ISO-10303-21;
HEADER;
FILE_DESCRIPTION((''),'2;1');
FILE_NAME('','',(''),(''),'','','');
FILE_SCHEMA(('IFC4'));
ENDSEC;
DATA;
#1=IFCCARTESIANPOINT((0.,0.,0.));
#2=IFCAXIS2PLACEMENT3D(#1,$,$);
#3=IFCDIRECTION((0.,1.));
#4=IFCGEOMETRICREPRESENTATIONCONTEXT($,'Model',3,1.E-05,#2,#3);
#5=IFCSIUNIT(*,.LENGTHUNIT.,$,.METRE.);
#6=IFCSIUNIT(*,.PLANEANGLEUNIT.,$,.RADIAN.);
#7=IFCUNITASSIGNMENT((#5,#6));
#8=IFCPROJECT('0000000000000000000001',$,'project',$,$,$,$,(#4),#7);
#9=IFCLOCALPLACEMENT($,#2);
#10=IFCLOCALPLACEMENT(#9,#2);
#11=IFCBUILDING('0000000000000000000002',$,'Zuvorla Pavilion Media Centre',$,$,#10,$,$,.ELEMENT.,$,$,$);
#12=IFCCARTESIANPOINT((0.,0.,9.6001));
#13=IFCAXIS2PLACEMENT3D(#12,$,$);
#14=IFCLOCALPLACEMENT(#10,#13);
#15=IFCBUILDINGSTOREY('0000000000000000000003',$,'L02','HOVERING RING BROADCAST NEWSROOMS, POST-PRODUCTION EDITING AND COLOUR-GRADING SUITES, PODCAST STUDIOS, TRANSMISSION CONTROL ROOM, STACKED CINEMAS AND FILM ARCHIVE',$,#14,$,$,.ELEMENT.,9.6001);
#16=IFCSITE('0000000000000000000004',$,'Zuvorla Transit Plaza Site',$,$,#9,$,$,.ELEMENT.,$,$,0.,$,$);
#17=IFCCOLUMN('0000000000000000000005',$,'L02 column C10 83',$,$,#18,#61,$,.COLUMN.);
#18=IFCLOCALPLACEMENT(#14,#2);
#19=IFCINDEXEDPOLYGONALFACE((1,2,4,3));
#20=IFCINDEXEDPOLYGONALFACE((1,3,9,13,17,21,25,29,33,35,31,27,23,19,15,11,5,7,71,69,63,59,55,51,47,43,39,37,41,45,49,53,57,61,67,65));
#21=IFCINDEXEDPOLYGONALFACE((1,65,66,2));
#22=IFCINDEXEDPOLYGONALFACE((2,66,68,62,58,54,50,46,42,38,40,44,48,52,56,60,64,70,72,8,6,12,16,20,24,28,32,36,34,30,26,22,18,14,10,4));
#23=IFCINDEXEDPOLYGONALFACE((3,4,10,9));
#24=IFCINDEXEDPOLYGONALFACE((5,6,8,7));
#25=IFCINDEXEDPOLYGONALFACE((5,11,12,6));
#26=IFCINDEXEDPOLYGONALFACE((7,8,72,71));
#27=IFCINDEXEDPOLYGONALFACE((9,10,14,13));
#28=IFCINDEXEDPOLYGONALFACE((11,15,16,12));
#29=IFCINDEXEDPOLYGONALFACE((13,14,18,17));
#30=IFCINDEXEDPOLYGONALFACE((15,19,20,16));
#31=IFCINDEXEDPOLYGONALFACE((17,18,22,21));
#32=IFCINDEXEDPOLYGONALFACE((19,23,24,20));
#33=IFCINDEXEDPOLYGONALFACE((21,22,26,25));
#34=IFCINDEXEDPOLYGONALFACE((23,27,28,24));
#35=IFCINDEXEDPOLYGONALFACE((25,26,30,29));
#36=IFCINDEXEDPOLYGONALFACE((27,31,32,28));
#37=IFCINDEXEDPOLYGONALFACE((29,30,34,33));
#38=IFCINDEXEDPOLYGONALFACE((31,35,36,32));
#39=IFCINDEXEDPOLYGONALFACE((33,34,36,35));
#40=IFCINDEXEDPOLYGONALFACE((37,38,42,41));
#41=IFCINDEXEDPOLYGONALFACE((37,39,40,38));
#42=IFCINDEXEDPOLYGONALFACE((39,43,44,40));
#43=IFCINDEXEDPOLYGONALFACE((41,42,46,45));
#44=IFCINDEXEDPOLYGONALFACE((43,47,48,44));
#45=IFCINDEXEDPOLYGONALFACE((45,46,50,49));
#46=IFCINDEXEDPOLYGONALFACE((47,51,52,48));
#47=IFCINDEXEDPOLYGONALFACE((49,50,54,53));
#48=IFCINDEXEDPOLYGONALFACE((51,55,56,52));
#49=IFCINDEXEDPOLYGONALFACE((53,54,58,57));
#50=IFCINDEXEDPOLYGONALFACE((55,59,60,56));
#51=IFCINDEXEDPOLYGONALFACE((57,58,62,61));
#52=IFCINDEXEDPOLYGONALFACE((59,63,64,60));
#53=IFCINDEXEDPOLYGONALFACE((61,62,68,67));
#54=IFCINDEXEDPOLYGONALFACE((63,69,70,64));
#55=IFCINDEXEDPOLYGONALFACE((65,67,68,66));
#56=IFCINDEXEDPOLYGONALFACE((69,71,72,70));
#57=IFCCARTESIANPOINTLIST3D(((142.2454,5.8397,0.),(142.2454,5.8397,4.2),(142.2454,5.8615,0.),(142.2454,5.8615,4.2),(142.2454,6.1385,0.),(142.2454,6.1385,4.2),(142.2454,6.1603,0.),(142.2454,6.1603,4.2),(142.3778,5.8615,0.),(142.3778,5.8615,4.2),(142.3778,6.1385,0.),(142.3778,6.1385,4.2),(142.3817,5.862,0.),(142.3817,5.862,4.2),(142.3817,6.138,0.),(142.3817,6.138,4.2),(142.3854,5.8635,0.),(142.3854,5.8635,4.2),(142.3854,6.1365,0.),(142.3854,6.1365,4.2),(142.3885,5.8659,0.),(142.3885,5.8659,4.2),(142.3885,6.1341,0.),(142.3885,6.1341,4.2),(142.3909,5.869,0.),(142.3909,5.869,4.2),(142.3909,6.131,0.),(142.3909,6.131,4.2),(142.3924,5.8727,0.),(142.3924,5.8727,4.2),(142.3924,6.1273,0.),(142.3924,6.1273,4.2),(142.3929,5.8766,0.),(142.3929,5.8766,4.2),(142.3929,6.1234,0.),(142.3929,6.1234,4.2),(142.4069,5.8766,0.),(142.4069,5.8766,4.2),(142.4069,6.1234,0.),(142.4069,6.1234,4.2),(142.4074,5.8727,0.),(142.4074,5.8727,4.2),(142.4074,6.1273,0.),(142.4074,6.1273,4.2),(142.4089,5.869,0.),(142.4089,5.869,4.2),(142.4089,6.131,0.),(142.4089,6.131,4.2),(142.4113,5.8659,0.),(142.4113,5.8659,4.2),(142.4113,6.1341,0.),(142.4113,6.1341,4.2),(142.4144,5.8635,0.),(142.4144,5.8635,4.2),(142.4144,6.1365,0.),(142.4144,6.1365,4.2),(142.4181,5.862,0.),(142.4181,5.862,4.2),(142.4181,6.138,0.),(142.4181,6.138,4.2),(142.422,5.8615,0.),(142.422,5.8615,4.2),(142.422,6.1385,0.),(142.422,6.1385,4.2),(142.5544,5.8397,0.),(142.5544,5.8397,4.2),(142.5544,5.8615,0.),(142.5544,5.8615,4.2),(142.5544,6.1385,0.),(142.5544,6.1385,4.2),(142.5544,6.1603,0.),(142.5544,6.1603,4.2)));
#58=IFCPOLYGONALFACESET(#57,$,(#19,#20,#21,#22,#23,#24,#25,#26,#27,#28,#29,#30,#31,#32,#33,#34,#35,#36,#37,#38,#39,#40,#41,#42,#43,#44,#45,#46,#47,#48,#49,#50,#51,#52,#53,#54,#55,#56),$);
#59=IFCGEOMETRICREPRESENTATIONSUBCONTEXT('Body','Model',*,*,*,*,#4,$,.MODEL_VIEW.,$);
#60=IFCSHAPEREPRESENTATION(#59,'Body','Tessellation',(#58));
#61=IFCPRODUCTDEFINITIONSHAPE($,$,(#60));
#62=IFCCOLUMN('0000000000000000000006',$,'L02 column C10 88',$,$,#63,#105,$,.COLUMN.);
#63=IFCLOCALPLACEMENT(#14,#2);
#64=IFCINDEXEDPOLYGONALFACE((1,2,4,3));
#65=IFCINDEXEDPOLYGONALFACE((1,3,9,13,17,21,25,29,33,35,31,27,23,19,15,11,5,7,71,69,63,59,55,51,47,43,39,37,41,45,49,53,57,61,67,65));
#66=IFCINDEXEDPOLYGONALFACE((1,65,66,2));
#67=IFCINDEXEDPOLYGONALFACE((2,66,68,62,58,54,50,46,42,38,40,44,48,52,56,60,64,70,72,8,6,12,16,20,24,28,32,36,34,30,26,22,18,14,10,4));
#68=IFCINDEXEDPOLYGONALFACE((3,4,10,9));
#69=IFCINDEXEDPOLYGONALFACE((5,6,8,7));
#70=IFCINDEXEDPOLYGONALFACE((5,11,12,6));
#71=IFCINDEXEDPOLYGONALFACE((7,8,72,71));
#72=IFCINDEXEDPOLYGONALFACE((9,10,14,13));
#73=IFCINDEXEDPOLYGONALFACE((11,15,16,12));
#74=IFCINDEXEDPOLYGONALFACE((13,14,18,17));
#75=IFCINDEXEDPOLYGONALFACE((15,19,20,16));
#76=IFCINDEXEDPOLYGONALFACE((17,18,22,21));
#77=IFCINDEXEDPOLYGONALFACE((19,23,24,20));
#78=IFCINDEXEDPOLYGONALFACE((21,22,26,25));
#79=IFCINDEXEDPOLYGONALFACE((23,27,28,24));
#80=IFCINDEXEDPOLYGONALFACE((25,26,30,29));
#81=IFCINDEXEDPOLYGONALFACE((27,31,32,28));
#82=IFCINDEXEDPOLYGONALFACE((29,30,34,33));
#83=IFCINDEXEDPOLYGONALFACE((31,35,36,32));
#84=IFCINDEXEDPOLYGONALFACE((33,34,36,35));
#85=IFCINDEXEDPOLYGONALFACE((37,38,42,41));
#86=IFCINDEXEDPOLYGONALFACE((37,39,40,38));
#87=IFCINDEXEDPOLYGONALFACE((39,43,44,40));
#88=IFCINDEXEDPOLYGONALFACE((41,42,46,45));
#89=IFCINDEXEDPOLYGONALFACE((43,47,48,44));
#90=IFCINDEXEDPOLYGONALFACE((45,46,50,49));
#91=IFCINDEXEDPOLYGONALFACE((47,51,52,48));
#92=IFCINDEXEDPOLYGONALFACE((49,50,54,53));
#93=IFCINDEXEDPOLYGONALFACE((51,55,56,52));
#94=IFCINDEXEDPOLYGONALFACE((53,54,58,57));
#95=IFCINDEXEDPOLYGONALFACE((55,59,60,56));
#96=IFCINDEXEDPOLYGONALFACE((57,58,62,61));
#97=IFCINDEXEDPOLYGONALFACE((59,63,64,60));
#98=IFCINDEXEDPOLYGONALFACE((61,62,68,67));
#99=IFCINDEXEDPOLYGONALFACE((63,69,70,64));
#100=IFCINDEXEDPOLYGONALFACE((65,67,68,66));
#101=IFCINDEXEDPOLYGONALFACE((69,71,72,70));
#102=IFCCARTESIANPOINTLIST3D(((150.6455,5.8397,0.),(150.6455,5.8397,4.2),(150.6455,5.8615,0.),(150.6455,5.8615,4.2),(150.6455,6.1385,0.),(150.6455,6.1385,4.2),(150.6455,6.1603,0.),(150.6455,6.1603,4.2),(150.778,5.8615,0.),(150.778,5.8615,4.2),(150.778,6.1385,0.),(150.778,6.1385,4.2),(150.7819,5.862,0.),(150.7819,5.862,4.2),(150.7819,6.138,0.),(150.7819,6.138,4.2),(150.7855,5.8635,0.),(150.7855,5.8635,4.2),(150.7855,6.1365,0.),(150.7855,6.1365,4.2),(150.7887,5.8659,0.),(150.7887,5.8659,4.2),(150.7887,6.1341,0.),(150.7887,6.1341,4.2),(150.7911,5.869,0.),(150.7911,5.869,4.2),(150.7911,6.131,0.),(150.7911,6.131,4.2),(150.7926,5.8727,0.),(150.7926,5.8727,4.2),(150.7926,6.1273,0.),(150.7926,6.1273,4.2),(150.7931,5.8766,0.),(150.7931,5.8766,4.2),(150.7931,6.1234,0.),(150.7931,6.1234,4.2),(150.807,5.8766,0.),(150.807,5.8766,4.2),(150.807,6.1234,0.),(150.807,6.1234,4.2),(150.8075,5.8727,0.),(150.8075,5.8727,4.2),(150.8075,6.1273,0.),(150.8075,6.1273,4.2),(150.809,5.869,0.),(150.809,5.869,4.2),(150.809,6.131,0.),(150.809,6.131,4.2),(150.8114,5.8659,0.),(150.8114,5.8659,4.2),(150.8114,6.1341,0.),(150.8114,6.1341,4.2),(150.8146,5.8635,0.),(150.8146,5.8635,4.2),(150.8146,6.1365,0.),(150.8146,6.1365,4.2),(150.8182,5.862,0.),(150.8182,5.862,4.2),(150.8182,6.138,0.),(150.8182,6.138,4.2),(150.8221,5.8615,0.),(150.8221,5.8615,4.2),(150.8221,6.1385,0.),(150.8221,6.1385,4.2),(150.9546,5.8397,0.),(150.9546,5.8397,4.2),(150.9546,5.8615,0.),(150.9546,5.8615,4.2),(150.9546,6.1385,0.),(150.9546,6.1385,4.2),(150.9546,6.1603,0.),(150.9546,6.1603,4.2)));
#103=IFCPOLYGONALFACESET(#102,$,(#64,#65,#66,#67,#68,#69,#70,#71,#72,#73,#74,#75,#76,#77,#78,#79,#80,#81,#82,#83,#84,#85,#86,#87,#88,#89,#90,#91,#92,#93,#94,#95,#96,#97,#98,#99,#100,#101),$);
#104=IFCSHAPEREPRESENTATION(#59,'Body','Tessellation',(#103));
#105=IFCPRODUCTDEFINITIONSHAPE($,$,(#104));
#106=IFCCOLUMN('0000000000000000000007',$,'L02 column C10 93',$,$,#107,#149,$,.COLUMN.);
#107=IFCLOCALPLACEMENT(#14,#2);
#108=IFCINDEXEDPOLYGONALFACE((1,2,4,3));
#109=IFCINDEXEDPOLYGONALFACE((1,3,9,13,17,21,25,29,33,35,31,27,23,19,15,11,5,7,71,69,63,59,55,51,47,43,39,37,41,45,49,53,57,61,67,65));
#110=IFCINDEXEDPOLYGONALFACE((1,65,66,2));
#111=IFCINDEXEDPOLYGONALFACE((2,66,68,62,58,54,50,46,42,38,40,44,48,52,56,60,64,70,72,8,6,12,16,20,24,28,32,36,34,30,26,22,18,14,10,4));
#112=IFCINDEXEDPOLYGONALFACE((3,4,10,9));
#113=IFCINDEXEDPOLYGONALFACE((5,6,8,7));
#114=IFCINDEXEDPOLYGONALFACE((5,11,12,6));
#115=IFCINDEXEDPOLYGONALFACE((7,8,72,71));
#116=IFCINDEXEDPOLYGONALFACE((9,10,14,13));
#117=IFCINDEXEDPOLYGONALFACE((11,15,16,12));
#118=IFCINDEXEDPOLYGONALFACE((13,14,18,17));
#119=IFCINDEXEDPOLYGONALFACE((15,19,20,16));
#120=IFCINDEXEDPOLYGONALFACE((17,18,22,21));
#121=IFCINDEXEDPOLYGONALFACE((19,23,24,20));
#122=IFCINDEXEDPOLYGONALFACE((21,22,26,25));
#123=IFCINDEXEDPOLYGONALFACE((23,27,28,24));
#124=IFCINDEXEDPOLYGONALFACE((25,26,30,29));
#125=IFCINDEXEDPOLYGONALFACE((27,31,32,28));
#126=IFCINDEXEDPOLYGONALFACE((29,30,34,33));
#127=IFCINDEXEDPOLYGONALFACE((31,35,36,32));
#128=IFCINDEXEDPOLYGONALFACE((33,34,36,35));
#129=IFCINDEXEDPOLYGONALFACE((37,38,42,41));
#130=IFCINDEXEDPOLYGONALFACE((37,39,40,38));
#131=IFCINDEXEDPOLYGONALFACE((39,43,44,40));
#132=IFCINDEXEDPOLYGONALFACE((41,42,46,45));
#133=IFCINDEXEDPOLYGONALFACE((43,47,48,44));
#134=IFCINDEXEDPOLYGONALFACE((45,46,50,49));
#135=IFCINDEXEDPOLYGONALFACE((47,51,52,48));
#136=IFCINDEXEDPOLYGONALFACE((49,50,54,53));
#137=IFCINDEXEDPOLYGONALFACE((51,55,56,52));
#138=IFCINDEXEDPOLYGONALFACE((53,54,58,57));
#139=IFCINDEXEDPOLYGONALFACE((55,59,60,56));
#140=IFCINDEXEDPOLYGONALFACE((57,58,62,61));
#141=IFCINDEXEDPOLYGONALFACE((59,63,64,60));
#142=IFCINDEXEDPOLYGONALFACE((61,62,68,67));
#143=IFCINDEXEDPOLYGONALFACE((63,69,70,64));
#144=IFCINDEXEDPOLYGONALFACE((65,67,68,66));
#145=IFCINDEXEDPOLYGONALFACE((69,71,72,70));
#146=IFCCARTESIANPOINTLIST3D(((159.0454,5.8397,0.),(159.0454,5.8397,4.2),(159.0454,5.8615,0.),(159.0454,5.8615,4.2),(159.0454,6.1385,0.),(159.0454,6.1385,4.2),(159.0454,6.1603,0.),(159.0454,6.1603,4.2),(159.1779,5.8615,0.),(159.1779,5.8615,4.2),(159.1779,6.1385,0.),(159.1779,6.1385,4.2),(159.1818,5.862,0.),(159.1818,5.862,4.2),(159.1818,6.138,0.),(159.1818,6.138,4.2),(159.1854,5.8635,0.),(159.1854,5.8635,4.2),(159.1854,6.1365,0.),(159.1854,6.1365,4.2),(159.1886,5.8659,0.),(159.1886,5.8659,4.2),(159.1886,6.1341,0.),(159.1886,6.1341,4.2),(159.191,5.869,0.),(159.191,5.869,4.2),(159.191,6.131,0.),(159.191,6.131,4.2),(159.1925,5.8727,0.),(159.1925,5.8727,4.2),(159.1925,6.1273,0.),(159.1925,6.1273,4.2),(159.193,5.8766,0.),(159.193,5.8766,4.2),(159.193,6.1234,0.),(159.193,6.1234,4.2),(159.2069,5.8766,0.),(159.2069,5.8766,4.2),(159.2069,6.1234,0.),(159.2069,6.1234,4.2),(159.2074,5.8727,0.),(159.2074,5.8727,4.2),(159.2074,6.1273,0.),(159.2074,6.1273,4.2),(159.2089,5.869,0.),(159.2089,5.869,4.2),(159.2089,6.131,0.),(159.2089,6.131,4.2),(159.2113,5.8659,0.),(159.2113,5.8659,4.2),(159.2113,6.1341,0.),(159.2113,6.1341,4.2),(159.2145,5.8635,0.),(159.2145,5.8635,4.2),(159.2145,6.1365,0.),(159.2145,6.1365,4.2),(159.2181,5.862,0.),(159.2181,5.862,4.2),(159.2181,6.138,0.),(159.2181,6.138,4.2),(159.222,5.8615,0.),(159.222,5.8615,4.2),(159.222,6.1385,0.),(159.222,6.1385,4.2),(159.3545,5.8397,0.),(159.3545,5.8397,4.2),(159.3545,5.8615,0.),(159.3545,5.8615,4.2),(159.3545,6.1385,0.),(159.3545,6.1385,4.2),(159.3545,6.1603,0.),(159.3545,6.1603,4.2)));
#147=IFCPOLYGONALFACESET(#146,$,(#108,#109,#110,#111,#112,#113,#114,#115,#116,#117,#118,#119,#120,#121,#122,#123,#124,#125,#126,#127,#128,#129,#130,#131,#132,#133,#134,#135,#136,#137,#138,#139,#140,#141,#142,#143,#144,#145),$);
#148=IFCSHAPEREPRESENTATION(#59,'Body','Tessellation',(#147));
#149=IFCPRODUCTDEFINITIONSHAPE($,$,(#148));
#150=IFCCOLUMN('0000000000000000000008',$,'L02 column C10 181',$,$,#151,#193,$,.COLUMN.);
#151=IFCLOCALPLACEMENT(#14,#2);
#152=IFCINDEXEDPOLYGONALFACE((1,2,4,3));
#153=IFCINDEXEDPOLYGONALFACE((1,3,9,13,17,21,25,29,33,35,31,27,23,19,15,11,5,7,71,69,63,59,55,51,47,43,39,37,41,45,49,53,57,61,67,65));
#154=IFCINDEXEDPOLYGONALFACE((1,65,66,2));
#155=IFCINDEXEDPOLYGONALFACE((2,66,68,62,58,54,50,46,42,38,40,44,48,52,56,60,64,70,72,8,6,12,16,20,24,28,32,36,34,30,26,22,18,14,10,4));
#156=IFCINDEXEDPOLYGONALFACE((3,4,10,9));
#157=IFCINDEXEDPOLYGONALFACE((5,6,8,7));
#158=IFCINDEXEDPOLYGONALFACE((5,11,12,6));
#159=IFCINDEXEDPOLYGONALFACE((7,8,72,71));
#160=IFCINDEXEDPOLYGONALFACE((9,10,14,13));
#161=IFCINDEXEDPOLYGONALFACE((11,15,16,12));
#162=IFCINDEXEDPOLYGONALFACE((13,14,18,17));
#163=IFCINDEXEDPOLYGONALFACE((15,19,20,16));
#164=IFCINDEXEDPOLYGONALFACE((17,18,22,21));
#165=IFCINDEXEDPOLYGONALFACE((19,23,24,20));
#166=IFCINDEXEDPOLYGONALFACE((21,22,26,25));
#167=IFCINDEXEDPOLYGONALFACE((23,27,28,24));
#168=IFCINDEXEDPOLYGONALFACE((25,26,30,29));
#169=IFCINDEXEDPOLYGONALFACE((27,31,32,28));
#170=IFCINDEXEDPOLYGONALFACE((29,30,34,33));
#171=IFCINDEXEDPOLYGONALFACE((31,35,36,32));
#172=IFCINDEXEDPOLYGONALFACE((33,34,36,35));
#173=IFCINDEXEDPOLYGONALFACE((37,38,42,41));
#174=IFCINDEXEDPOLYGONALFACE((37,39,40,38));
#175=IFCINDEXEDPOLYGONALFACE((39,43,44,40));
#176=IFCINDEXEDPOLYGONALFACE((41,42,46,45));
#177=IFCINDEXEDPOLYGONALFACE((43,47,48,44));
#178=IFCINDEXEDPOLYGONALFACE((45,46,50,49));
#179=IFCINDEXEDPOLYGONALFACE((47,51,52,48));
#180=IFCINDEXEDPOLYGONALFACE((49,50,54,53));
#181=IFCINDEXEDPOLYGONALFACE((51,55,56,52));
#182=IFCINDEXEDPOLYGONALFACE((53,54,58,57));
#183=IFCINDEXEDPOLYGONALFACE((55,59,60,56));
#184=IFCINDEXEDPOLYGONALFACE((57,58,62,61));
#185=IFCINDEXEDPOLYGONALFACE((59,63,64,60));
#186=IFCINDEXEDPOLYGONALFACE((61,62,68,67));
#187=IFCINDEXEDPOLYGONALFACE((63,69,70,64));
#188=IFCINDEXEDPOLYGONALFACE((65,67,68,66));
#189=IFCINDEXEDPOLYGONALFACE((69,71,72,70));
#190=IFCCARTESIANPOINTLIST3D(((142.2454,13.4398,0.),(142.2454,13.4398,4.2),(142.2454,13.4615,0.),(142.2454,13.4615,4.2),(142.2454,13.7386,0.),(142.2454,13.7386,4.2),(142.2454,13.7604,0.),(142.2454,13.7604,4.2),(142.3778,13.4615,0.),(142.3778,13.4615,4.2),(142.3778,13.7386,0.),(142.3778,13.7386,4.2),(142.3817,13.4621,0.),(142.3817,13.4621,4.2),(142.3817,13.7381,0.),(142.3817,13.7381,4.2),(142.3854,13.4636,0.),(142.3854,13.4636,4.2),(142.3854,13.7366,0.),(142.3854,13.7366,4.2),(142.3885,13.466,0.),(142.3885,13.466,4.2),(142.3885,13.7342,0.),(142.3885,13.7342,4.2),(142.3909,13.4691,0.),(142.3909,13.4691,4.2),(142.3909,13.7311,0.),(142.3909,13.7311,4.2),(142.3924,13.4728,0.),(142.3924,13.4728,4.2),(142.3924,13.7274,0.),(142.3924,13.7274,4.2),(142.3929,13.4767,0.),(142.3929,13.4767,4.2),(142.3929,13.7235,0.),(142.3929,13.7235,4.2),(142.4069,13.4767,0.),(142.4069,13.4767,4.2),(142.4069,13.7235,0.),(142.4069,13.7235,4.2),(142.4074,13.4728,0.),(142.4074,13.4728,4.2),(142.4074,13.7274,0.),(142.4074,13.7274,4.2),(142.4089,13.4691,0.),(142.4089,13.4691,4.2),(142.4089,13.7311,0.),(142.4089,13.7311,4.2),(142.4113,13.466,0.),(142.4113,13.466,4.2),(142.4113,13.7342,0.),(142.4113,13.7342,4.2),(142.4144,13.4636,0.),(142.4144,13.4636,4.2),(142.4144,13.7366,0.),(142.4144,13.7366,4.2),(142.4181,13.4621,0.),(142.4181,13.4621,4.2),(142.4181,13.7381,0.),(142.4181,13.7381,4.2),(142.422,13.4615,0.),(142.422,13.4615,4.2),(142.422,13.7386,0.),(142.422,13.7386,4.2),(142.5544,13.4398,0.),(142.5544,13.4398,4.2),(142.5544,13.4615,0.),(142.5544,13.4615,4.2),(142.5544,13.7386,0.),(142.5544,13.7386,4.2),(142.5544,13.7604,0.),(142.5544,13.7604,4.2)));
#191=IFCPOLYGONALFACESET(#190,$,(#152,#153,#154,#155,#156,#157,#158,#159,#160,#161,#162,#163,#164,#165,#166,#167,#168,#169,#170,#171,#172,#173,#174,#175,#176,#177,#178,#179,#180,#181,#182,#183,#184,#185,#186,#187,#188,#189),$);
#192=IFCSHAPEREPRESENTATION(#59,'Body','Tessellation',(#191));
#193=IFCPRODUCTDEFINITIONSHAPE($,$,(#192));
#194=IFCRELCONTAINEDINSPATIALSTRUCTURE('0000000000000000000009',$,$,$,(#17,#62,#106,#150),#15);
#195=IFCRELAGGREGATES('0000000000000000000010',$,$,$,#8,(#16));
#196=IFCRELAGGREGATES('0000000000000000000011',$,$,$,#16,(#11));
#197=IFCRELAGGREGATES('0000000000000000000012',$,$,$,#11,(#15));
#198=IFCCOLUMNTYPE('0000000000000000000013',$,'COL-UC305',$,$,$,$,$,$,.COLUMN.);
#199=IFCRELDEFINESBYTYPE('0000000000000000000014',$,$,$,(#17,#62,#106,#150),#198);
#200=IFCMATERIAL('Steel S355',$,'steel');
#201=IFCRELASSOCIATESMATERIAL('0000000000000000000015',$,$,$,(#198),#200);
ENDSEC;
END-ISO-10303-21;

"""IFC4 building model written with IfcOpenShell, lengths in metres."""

from ifc_helpers import new_model, si_unit, direction, frame, origin, origin_2d, place, context, subcontext, project, spatial, i_section, extrude, material, material_profile, profile_set, type_object, element, save


model = new_model("IFC4")

# Units and contexts
model_context = context("Model", 3, precision=1e-05, world=origin(), true_north=direction((0.0, 1.0)))
body_context = subcontext(model_context, "Body", "Model", "MODEL_VIEW")
ifc_project = project(units=[si_unit("LENGTHUNIT", "METRE"), si_unit("PLANEANGLEUNIT", "RADIAN")], contexts=[model_context])

# Site, building, storey
site_placement = place(None, origin())
site = spatial("IfcSite", under=ifc_project, at=site_placement, Name="Zuvorla Transit Plaza Site", CompositionType="ELEMENT", RefElevation=0.0)
building_placement = place(site_placement, origin())
building = spatial("IfcBuilding", under=site, at=building_placement, Name="Zuvorla Pavilion Media Centre", CompositionType="ELEMENT")
storey_placement = place(building_placement, frame((0.0, 0.0, 9.6001)))
storey = spatial("IfcBuildingStorey", under=building, at=storey_placement, Name="L02", Description="HOVERING RING BROADCAST NEWSROOMS, POST-PRODUCTION EDITING AND COLOUR-GRADING SUITES, PODCAST STUDIOS, TRANSMISSION CONTROL ROOM, STACKED CINEMAS AND FILM ARCHIVE", CompositionType="ELEMENT", Elevation=9.6001)

# Columns
ifc_material_1 = material(Name="Steel S355", Category="steel")
ifc_material_profile_1 = material_profile(ifc_material_1, i_section(OverallWidth=0.3091, OverallDepth=0.3206, WebThickness=0.0139, FlangeThickness=0.0217, FilletRadius=0.0151, at=origin_2d()), Name="UC 305x305x137")
ifc_profile_set_1 = profile_set([ifc_material_profile_1], Name="Steel S355")
column_type = type_object("IfcColumnType", Name="COL-UC305", PredefinedType="COLUMN", material=ifc_profile_set_1)
for number, where, z_axis, x_axis, name in (
    (1, (142.3999, 6.0, 0.0), (0.0, 0.0, 1.0), (1.0, 0.0, 0.0), "L02 column C10 83"),
    (2, (150.8, 6.0, 0.0), (0.0, 0.0, 1.0), (1.0, 0.0, 0.0), "L02 column C10 88"),
    (3, (159.2, 6.0, 0.0), (0.0, 0.0, 1.0), (1.0, 0.0, 0.0), "L02 column C10 93"),
    (4, (142.3999, 13.6001, 0.0), (0.0, 0.0, 1.0), (1.0, 0.0, 0.0), "L02 column C10 181"),
):
    element("IfcColumn", number, at=place(storey_placement, frame(where, z_axis=z_axis, x_axis=x_axis)), inside=storey, type_object=column_type, Name=name, PredefinedType="COLUMN", context=body_context, shape_type="SweptSolid", body=[
        extrude(i_section(OverallWidth=0.3091, OverallDepth=0.3206, WebThickness=0.0139, FlangeThickness=0.0217, FilletRadius=0.0151, at=origin_2d()), origin(), (0.0, 0.0, 1.0), 4.2),
    ])

save(model, "model.ifc")
